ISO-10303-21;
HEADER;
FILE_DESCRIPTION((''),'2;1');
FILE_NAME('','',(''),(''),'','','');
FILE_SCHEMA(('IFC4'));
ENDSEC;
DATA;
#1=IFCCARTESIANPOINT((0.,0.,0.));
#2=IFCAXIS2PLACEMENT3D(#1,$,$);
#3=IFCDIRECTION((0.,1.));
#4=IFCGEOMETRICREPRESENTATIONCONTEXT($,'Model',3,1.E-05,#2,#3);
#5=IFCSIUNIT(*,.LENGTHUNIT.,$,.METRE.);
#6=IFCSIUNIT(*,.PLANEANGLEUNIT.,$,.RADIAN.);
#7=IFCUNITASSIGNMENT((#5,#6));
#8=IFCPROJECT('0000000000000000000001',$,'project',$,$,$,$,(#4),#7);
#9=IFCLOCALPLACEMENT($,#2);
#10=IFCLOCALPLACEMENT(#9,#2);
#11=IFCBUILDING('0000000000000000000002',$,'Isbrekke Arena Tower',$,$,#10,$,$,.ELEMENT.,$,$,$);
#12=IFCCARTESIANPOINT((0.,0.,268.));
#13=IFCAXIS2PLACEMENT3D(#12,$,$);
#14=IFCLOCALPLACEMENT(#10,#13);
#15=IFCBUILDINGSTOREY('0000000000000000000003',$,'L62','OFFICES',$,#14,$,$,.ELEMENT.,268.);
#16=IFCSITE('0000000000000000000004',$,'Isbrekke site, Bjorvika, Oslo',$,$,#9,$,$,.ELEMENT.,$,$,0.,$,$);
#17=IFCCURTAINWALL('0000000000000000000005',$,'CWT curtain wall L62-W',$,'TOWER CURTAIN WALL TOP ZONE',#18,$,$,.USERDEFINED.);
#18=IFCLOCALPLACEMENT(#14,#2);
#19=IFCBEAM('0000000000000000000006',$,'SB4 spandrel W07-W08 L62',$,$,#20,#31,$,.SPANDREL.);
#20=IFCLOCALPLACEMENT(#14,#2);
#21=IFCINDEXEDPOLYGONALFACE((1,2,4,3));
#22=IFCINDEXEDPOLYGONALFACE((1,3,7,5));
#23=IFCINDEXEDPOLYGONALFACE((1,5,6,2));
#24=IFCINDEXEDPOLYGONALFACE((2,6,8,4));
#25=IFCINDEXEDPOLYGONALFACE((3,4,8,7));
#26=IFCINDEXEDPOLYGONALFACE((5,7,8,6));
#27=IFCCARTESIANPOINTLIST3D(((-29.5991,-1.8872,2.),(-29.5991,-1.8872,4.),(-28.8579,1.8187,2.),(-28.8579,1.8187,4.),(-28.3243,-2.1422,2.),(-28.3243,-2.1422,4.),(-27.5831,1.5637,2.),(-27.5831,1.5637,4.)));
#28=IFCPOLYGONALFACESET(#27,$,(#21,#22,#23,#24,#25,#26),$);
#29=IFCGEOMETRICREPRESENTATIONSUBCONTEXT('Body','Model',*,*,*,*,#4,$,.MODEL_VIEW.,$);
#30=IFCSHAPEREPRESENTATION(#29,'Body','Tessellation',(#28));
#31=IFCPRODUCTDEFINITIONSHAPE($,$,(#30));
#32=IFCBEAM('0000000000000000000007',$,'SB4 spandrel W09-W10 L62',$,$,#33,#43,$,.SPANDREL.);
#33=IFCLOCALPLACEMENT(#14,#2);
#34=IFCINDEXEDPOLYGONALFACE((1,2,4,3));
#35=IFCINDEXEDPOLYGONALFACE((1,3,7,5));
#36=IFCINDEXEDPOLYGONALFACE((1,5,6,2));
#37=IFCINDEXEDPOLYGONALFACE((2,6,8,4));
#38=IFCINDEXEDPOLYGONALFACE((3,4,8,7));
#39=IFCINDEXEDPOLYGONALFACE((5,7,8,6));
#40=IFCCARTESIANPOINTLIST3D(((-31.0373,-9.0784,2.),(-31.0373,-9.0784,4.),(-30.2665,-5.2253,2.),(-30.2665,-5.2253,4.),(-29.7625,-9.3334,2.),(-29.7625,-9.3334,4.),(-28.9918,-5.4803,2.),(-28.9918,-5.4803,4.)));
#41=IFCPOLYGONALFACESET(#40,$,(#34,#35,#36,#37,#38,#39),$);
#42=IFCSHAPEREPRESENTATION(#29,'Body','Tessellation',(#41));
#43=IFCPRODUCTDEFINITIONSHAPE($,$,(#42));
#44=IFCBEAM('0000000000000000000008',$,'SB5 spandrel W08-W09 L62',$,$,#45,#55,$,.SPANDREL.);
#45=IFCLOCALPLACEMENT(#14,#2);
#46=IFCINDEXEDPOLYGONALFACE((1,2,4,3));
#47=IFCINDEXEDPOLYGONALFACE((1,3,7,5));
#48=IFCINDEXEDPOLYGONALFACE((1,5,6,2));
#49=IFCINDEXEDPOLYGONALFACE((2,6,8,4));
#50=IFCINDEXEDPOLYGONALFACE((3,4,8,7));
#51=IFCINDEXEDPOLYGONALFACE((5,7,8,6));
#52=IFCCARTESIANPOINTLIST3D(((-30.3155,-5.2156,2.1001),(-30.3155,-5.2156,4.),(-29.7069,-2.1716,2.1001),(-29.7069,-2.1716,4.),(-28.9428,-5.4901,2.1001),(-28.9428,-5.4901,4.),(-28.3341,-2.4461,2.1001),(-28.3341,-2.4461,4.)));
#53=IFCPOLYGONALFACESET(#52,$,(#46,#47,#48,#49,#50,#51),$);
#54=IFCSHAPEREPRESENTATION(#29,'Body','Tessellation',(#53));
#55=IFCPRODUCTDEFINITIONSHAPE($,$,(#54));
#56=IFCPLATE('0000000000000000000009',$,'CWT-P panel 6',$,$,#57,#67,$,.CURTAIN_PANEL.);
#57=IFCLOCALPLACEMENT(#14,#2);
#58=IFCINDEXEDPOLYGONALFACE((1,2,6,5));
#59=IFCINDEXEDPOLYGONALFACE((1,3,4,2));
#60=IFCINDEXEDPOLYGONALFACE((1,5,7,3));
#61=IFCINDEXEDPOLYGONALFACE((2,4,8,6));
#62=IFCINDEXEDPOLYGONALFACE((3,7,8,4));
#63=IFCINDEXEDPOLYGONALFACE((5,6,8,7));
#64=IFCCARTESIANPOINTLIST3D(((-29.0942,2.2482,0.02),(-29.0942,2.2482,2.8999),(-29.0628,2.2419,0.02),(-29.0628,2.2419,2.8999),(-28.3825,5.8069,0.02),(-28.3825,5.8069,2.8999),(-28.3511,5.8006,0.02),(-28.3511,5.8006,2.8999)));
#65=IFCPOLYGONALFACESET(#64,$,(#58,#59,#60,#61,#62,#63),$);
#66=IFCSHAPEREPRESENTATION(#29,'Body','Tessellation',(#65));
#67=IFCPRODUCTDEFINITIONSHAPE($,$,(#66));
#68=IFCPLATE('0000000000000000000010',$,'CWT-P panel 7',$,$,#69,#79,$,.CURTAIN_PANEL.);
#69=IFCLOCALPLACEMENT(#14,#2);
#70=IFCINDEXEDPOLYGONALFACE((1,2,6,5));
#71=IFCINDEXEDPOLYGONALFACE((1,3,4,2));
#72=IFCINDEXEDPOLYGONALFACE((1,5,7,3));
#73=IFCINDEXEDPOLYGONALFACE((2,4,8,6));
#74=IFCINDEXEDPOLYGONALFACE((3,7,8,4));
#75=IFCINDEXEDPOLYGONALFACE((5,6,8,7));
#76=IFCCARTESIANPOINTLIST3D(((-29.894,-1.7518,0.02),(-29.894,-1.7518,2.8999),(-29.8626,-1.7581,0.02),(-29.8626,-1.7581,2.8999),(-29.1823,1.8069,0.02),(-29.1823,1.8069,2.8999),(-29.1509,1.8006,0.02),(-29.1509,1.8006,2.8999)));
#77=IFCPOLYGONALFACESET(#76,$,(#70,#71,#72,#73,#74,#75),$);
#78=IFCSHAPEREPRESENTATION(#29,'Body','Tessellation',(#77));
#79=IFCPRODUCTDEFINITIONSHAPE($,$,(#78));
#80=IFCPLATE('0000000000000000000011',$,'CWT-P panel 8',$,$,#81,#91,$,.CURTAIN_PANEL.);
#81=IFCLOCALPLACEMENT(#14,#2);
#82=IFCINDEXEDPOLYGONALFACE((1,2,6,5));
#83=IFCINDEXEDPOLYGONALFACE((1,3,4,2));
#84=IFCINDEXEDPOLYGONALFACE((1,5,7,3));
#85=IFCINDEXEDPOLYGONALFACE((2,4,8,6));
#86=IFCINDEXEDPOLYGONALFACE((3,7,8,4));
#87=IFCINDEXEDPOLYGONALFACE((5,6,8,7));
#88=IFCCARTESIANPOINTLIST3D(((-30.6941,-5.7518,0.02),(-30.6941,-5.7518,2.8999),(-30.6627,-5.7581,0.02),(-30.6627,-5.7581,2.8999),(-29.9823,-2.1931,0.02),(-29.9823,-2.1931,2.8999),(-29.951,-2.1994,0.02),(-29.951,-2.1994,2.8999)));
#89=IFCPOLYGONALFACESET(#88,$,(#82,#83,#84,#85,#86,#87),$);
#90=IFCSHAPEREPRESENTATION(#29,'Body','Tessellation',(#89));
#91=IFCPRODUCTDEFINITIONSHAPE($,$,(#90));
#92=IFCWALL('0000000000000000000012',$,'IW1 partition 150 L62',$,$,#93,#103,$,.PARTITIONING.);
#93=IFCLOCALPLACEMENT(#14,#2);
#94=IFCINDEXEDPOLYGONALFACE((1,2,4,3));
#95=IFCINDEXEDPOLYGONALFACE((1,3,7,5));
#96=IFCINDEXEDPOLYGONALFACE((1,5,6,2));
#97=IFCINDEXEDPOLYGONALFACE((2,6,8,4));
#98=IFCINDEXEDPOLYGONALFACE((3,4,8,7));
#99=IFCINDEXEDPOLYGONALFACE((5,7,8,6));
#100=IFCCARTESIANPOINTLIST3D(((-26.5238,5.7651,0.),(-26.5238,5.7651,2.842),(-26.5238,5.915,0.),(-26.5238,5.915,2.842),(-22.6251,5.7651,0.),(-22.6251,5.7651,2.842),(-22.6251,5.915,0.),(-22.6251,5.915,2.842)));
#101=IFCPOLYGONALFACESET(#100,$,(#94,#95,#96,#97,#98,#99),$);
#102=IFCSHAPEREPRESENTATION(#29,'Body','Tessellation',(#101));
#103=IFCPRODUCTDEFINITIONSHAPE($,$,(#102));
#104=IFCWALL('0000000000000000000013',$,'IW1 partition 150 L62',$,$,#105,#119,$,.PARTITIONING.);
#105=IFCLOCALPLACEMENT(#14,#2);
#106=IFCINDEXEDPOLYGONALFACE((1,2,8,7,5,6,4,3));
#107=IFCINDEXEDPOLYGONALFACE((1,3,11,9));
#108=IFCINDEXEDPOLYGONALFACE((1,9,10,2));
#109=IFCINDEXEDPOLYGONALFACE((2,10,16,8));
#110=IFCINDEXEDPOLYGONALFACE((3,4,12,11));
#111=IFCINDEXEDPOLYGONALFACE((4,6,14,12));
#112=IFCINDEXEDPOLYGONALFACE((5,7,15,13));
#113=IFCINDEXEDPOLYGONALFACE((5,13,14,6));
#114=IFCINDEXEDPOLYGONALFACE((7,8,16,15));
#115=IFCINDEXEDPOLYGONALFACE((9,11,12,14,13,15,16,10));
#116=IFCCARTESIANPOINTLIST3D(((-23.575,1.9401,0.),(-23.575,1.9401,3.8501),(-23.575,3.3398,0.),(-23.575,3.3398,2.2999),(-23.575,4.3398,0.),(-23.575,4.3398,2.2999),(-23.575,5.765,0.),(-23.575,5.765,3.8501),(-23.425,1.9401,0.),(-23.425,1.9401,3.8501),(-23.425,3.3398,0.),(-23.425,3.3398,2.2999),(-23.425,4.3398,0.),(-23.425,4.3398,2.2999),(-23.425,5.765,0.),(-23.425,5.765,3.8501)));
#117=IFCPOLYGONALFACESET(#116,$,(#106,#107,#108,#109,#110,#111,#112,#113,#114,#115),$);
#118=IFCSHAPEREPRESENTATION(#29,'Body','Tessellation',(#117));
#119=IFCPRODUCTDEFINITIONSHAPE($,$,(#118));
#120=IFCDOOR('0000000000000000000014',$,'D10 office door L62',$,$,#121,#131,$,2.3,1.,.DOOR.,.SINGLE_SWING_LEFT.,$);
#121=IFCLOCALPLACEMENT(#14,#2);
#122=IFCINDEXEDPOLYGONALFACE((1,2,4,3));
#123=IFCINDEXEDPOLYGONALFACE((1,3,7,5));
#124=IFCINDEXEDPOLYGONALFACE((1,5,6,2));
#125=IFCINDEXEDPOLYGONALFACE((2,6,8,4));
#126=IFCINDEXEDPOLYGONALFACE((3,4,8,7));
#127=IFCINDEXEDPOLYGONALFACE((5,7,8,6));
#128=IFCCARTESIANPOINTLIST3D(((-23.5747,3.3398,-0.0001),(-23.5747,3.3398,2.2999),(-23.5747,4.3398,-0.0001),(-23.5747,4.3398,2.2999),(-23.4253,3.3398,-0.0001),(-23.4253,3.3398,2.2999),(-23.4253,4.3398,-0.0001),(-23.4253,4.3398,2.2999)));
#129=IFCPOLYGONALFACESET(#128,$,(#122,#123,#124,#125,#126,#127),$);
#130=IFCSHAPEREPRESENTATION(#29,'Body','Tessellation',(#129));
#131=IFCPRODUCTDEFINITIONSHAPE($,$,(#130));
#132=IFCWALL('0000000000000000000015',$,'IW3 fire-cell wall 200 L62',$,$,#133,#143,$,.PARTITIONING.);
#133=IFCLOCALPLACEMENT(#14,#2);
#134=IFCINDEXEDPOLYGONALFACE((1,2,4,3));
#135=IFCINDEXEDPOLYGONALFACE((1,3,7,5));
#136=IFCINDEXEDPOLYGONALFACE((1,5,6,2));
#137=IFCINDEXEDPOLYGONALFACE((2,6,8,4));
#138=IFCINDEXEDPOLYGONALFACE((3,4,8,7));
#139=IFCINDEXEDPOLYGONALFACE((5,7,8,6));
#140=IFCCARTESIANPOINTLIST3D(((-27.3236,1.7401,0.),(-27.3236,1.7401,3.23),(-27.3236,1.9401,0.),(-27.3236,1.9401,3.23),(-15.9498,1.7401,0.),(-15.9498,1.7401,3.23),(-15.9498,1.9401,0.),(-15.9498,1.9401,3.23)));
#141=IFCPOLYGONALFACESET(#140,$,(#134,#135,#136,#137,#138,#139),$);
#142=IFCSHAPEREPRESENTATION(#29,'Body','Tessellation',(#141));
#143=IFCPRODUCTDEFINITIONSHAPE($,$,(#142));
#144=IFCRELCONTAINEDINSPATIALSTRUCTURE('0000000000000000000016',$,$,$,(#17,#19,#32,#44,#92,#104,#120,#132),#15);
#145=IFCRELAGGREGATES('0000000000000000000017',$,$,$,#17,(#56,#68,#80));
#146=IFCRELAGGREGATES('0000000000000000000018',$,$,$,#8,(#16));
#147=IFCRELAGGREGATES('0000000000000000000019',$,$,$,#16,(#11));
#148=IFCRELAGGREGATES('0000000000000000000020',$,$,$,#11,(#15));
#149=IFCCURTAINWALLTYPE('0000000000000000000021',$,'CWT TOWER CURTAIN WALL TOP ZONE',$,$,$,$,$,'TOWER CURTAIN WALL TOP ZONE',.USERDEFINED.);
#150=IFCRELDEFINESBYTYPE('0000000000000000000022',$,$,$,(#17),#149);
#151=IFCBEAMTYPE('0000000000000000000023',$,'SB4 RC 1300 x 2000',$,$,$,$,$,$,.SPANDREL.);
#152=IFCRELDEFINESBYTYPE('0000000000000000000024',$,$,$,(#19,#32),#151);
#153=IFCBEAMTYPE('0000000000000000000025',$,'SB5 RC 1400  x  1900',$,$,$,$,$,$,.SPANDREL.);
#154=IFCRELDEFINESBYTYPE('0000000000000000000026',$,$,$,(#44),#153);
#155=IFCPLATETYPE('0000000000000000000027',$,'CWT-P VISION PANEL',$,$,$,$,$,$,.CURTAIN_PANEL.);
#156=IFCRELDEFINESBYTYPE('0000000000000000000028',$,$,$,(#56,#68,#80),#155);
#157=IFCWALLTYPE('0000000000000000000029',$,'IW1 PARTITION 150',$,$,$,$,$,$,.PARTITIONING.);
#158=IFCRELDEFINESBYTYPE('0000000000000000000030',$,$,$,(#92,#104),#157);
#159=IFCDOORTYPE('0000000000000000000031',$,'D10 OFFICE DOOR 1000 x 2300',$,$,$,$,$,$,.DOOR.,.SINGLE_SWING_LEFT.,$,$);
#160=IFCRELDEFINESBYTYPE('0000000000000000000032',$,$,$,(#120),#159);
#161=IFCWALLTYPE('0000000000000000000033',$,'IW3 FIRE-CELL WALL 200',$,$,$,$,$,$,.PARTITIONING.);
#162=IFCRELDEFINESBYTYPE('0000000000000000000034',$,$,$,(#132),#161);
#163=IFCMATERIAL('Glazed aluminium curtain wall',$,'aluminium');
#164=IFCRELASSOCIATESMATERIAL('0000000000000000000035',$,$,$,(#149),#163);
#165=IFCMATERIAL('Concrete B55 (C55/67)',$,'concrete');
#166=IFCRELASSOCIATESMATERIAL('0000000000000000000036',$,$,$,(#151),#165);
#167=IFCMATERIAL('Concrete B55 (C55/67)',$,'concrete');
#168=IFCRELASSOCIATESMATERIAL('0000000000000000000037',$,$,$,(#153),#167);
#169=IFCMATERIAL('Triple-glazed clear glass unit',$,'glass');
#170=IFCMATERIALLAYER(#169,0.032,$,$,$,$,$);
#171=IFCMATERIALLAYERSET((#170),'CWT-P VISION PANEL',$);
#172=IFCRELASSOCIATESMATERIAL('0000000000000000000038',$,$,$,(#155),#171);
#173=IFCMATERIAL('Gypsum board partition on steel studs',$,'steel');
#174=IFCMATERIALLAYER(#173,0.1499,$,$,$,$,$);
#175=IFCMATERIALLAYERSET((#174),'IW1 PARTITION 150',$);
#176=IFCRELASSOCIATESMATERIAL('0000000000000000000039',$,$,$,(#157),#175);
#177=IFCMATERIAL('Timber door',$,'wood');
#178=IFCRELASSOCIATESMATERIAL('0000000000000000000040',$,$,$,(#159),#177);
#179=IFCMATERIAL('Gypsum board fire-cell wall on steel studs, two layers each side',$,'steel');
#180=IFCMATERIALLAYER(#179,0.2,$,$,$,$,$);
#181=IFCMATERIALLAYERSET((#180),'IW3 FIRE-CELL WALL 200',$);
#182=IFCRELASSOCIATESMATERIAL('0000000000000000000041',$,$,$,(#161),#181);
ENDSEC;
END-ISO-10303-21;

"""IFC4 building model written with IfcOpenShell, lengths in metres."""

from ifc_helpers import new_model, si_unit, direction, frame, frame_2d, origin, origin_2d, place, context, subcontext, project, spatial, rectangle, extrude, material, layer, layer_set, material_profile, profile_set, type_object, element, fill, aggregate, save


model = new_model("IFC4")

# Units and contexts
model_context = context("Model", 3, precision=1e-05, world=origin(), true_north=direction((0.0, 1.0)))
body_context = subcontext(model_context, "Body", "Model", "MODEL_VIEW")
ifc_project = project(units=[si_unit("LENGTHUNIT", "METRE"), si_unit("PLANEANGLEUNIT", "RADIAN")], contexts=[model_context])

# Site, building, storey
site_placement = place(None, origin())
site = spatial("IfcSite", under=ifc_project, at=site_placement, Name="Isbrekke site, Bjorvika, Oslo", CompositionType="ELEMENT", RefElevation=0.0)
building_placement = place(site_placement, origin())
building = spatial("IfcBuilding", under=site, at=building_placement, Name="Isbrekke Arena Tower", CompositionType="ELEMENT")
storey_placement = place(building_placement, frame((0.0, 0.0, 268.0)))
storey = spatial("IfcBuildingStorey", under=building, at=storey_placement, Name="L62", Description="OFFICES", CompositionType="ELEMENT", Elevation=268.0)

# Curtain wall
ifc_material_1 = material(Name="Glazed aluminium curtain wall", Category="aluminium")
curtain_wall_type = type_object("IfcCurtainWallType", Name="CWT TOWER CURTAIN WALL TOP ZONE", ElementType="TOWER CURTAIN WALL TOP ZONE", PredefinedType="USERDEFINED", material=ifc_material_1)
curtain_wall_placement = place(storey_placement, origin())
curtain_wall = element("IfcCurtainWall", 1, at=curtain_wall_placement, inside=storey, type_object=curtain_wall_type, Name="CWT curtain wall L62-W", ObjectType="TOWER CURTAIN WALL TOP ZONE", PredefinedType="USERDEFINED")

# Beams
ifc_material_2 = material(Name="Concrete B55 (C55/67)", Category="concrete")
ifc_material_profile_1 = material_profile(ifc_material_2, rectangle(XDim=1.3, YDim=2.0, at=origin_2d()), Name="RC 1300x2000")
ifc_profile_set_1 = profile_set([ifc_material_profile_1], Name="Concrete B55 (C55/67)")
beam_type_1 = type_object("IfcBeamType", Name="SB4 RC 1300 x 2000", PredefinedType="SPANDREL", material=ifc_profile_set_1)
for number, where, z_axis, x_axis, name in (
    (2, (-28.2205, 1.6912, 3.0), (-0.196129, -0.980578, 0.0), (0.980578, -0.196129, 0.0), "SB4 spandrel W07-W08 L62"),
):
    element("IfcBeam", number, at=place(storey_placement, frame(where, z_axis=z_axis, x_axis=x_axis)), inside=storey, type_object=beam_type_1, Name=name, PredefinedType="SPANDREL", context=body_context, shape_type="SweptSolid", body=[
        extrude(rectangle(XDim=1.3, YDim=2.0, at=origin_2d()), origin(), (0.0, 0.0, 1.0), 3.7793),
    ])
beam_1_placement = place(storey_placement, frame((-29.6292, -5.3528, 3.0), z_axis=(-0.196152, -0.980574, 0.0), x_axis=(0.980574, -0.196152, 0.0)))
element("IfcBeam", 3, at=beam_1_placement, inside=storey, type_object=beam_type_1, Name="SB4 spandrel W09-W10 L62", PredefinedType="SPANDREL", context=body_context, shape_type="SweptSolid", body=[
    extrude(rectangle(XDim=1.3, YDim=2.0, at=origin_2d()), origin(), (0.0, 0.0, 1.0), 3.9294),
])
ifc_material_3 = material(Name="Concrete B55 (C55/67)", Category="concrete")
ifc_material_profile_2 = material_profile(ifc_material_3, rectangle(XDim=1.3999, YDim=1.8999, at=origin_2d()), Name="RC 1400 x 1900")
ifc_profile_set_2 = profile_set([ifc_material_profile_2], Name="Concrete B55 (C55/67)")
beam_type_2 = type_object("IfcBeamType", Name="SB5 RC 1400  x  1900", PredefinedType="SPANDREL", material=ifc_profile_set_2)
beam_2_placement = place(storey_placement, frame((-29.0205, -2.3088, 3.05), z_axis=(-0.196071, -0.98059, 0.0), x_axis=(0.98059, -0.196071, 0.0)))
element("IfcBeam", 4, at=beam_2_placement, inside=storey, type_object=beam_type_2, Name="SB5 spandrel W08-W09 L62", PredefinedType="SPANDREL", context=body_context, shape_type="SweptSolid", body=[
    extrude(rectangle(XDim=1.3999, YDim=1.8999, at=origin_2d()), origin(), (0.0, 0.0, 1.0), 3.1042),
])

# Plates
ifc_material_4 = material(Name="Triple-glazed clear glass unit", Category="glass")
ifc_layer_1 = layer(ifc_material_4, 0.032)
ifc_layer_set_1 = layer_set([ifc_layer_1], Name="CWT-P VISION PANEL")
plate_type = type_object("IfcPlateType", Name="CWT-P VISION PANEL", PredefinedType="CURTAIN_PANEL", material=ifc_layer_set_1)
plate_1_placement = place(storey_placement, frame((-28.7227, 4.0244, 0.02), z_axis=(0.0, 0.0, 1.0), x_axis=(-0.196116, -0.980581, 0.0)))
plate_1 = element("IfcPlate", 5, at=plate_1_placement, type_object=plate_type, Name="CWT-P panel 6", PredefinedType="CURTAIN_PANEL", context=body_context, shape_type="SweptSolid", body=[
    extrude(rectangle(XDim=3.6292, YDim=0.032, at=origin_2d()), origin(), (0.0, 0.0, 1.0), 2.8799),
])
plate_2_placement = place(storey_placement, frame((-29.5225, 0.0244, 0.02), z_axis=(0.0, 0.0, 1.0), x_axis=(-0.196116, -0.980581, 0.0)))
plate_2 = element("IfcPlate", 6, at=plate_2_placement, type_object=plate_type, Name="CWT-P panel 7", PredefinedType="CURTAIN_PANEL", context=body_context, shape_type="SweptSolid", body=[
    extrude(rectangle(XDim=3.6292, YDim=0.032, at=origin_2d()), origin(), (0.0, 0.0, 1.0), 2.8799),
])
plate_3_placement = place(storey_placement, frame((-30.3225, -3.9756, 0.02), z_axis=(0.0, 0.0, 1.0), x_axis=(-0.196116, -0.980581, 0.0)))
plate_3 = element("IfcPlate", 7, at=plate_3_placement, type_object=plate_type, Name="CWT-P panel 8", PredefinedType="CURTAIN_PANEL", context=body_context, shape_type="SweptSolid", body=[
    extrude(rectangle(XDim=3.6292, YDim=0.032, at=origin_2d()), origin(), (0.0, 0.0, 1.0), 2.8799),
])
aggregate(curtain_wall, [plate_1, plate_2, plate_3])

# Wall
ifc_material_5 = material(Name="Gypsum board partition on steel studs", Category="steel")
ifc_layer_2 = layer(ifc_material_5, 0.1499)
ifc_layer_set_2 = layer_set([ifc_layer_2], Name="IW1 PARTITION 150")
wall_type_1 = type_object("IfcWallType", Name="IW1 PARTITION 150", PredefinedType="PARTITIONING", material=ifc_layer_set_2)
wall_1_placement = place(storey_placement, frame((-26.5237, 5.8401, 0.0), z_axis=(0.0, 0.0, 1.0), x_axis=(1.0, 0.0, 0.0)))
element("IfcWall", 8, at=wall_1_placement, inside=storey, type_object=wall_type_1, Name="IW1 partition 150 L62", PredefinedType="PARTITIONING", context=body_context, shape_type="SweptSolid", body=[
    extrude(rectangle(XDim=3.8987, YDim=0.1499, at=frame_2d((1.9492, 0.0))), origin(), (0.0, 0.0, 1.0), 2.842),
])

# Wall, opening, door
wall_2_placement = place(storey_placement, frame((-23.5, 1.9399, 0.0), z_axis=(0.0, 0.0, 1.0), x_axis=(0.0, 1.0, 0.0)))
wall_2 = element("IfcWall", 9, at=wall_2_placement, inside=storey, type_object=wall_type_1, Name="IW1 partition 150 L62", PredefinedType="PARTITIONING", context=body_context, shape_type="SweptSolid", body=[
    extrude(rectangle(XDim=3.825, YDim=0.1499, at=frame_2d((1.9126, 0.0))), origin(), (0.0, 0.0, 1.0), 3.8501),
])
opening_placement = place(wall_2_placement, frame((1.3999, 0.0, 0.0)))
opening = element("IfcOpeningElement", 10, at=opening_placement, cuts=wall_2, PredefinedType="OPENING", context=body_context, shape_type="SweptSolid", body=[
    extrude(rectangle(XDim=1.0, YDim=2.3, at=frame_2d((0.5, 1.1499))), frame((0.0, 0.0898, 0.0), z_axis=(0.0, -1.0, 0.0), x_axis=(1.0, 0.0, 0.0)), (0.0, 0.0, 1.0), 0.1797),
])
ifc_material_6 = material(Name="Timber door", Category="wood")
door_type = type_object("IfcDoorType", Name="D10 OFFICE DOOR 1000 x 2300", OperationType="SINGLE_SWING_LEFT", PredefinedType="DOOR", material=ifc_material_6)
door_placement = place(opening_placement, origin())
door = element("IfcDoor", 11, at=door_placement, inside=storey, type_object=door_type, Name="D10 office door L62", OperationType="SINGLE_SWING_LEFT", OverallHeight=2.3, OverallWidth=1.0, PredefinedType="DOOR", context=body_context, shape_type="SweptSolid", body=[
    extrude(rectangle(XDim=1.0, YDim=2.3, at=frame_2d((0.5, 1.1499))), frame((0.0, 0.0747, 0.0), z_axis=(0.0, -1.0, 0.0), x_axis=(1.0, 0.0, 0.0)), (0.0, 0.0, 1.0), 0.1494),
])
fill(opening, door)

# Wall
ifc_material_7 = material(Name="Gypsum board fire-cell wall on steel studs, two layers each side", Category="steel")
ifc_layer_3 = layer(ifc_material_7, 0.2)
ifc_layer_set_3 = layer_set([ifc_layer_3], Name="IW3 FIRE-CELL WALL 200")
wall_type_2 = type_object("IfcWallType", Name="IW3 FIRE-CELL WALL 200", PredefinedType="PARTITIONING", material=ifc_layer_set_3)
wall_3_placement = place(storey_placement, frame((-27.3237, 1.8401, 0.0), z_axis=(0.0, 0.0, 1.0), x_axis=(1.0, 0.0, 0.0)))
element("IfcWall", 12, at=wall_3_placement, inside=storey, type_object=wall_type_2, Name="IW3 fire-cell wall 200 L62", PredefinedType="PARTITIONING", context=body_context, shape_type="SweptSolid", body=[
    extrude(rectangle(XDim=11.3738, YDim=0.2, at=frame_2d((5.687, 0.0))), origin(), (0.0, 0.0, 1.0), 3.23),
])

save(model, "model.ifc")
